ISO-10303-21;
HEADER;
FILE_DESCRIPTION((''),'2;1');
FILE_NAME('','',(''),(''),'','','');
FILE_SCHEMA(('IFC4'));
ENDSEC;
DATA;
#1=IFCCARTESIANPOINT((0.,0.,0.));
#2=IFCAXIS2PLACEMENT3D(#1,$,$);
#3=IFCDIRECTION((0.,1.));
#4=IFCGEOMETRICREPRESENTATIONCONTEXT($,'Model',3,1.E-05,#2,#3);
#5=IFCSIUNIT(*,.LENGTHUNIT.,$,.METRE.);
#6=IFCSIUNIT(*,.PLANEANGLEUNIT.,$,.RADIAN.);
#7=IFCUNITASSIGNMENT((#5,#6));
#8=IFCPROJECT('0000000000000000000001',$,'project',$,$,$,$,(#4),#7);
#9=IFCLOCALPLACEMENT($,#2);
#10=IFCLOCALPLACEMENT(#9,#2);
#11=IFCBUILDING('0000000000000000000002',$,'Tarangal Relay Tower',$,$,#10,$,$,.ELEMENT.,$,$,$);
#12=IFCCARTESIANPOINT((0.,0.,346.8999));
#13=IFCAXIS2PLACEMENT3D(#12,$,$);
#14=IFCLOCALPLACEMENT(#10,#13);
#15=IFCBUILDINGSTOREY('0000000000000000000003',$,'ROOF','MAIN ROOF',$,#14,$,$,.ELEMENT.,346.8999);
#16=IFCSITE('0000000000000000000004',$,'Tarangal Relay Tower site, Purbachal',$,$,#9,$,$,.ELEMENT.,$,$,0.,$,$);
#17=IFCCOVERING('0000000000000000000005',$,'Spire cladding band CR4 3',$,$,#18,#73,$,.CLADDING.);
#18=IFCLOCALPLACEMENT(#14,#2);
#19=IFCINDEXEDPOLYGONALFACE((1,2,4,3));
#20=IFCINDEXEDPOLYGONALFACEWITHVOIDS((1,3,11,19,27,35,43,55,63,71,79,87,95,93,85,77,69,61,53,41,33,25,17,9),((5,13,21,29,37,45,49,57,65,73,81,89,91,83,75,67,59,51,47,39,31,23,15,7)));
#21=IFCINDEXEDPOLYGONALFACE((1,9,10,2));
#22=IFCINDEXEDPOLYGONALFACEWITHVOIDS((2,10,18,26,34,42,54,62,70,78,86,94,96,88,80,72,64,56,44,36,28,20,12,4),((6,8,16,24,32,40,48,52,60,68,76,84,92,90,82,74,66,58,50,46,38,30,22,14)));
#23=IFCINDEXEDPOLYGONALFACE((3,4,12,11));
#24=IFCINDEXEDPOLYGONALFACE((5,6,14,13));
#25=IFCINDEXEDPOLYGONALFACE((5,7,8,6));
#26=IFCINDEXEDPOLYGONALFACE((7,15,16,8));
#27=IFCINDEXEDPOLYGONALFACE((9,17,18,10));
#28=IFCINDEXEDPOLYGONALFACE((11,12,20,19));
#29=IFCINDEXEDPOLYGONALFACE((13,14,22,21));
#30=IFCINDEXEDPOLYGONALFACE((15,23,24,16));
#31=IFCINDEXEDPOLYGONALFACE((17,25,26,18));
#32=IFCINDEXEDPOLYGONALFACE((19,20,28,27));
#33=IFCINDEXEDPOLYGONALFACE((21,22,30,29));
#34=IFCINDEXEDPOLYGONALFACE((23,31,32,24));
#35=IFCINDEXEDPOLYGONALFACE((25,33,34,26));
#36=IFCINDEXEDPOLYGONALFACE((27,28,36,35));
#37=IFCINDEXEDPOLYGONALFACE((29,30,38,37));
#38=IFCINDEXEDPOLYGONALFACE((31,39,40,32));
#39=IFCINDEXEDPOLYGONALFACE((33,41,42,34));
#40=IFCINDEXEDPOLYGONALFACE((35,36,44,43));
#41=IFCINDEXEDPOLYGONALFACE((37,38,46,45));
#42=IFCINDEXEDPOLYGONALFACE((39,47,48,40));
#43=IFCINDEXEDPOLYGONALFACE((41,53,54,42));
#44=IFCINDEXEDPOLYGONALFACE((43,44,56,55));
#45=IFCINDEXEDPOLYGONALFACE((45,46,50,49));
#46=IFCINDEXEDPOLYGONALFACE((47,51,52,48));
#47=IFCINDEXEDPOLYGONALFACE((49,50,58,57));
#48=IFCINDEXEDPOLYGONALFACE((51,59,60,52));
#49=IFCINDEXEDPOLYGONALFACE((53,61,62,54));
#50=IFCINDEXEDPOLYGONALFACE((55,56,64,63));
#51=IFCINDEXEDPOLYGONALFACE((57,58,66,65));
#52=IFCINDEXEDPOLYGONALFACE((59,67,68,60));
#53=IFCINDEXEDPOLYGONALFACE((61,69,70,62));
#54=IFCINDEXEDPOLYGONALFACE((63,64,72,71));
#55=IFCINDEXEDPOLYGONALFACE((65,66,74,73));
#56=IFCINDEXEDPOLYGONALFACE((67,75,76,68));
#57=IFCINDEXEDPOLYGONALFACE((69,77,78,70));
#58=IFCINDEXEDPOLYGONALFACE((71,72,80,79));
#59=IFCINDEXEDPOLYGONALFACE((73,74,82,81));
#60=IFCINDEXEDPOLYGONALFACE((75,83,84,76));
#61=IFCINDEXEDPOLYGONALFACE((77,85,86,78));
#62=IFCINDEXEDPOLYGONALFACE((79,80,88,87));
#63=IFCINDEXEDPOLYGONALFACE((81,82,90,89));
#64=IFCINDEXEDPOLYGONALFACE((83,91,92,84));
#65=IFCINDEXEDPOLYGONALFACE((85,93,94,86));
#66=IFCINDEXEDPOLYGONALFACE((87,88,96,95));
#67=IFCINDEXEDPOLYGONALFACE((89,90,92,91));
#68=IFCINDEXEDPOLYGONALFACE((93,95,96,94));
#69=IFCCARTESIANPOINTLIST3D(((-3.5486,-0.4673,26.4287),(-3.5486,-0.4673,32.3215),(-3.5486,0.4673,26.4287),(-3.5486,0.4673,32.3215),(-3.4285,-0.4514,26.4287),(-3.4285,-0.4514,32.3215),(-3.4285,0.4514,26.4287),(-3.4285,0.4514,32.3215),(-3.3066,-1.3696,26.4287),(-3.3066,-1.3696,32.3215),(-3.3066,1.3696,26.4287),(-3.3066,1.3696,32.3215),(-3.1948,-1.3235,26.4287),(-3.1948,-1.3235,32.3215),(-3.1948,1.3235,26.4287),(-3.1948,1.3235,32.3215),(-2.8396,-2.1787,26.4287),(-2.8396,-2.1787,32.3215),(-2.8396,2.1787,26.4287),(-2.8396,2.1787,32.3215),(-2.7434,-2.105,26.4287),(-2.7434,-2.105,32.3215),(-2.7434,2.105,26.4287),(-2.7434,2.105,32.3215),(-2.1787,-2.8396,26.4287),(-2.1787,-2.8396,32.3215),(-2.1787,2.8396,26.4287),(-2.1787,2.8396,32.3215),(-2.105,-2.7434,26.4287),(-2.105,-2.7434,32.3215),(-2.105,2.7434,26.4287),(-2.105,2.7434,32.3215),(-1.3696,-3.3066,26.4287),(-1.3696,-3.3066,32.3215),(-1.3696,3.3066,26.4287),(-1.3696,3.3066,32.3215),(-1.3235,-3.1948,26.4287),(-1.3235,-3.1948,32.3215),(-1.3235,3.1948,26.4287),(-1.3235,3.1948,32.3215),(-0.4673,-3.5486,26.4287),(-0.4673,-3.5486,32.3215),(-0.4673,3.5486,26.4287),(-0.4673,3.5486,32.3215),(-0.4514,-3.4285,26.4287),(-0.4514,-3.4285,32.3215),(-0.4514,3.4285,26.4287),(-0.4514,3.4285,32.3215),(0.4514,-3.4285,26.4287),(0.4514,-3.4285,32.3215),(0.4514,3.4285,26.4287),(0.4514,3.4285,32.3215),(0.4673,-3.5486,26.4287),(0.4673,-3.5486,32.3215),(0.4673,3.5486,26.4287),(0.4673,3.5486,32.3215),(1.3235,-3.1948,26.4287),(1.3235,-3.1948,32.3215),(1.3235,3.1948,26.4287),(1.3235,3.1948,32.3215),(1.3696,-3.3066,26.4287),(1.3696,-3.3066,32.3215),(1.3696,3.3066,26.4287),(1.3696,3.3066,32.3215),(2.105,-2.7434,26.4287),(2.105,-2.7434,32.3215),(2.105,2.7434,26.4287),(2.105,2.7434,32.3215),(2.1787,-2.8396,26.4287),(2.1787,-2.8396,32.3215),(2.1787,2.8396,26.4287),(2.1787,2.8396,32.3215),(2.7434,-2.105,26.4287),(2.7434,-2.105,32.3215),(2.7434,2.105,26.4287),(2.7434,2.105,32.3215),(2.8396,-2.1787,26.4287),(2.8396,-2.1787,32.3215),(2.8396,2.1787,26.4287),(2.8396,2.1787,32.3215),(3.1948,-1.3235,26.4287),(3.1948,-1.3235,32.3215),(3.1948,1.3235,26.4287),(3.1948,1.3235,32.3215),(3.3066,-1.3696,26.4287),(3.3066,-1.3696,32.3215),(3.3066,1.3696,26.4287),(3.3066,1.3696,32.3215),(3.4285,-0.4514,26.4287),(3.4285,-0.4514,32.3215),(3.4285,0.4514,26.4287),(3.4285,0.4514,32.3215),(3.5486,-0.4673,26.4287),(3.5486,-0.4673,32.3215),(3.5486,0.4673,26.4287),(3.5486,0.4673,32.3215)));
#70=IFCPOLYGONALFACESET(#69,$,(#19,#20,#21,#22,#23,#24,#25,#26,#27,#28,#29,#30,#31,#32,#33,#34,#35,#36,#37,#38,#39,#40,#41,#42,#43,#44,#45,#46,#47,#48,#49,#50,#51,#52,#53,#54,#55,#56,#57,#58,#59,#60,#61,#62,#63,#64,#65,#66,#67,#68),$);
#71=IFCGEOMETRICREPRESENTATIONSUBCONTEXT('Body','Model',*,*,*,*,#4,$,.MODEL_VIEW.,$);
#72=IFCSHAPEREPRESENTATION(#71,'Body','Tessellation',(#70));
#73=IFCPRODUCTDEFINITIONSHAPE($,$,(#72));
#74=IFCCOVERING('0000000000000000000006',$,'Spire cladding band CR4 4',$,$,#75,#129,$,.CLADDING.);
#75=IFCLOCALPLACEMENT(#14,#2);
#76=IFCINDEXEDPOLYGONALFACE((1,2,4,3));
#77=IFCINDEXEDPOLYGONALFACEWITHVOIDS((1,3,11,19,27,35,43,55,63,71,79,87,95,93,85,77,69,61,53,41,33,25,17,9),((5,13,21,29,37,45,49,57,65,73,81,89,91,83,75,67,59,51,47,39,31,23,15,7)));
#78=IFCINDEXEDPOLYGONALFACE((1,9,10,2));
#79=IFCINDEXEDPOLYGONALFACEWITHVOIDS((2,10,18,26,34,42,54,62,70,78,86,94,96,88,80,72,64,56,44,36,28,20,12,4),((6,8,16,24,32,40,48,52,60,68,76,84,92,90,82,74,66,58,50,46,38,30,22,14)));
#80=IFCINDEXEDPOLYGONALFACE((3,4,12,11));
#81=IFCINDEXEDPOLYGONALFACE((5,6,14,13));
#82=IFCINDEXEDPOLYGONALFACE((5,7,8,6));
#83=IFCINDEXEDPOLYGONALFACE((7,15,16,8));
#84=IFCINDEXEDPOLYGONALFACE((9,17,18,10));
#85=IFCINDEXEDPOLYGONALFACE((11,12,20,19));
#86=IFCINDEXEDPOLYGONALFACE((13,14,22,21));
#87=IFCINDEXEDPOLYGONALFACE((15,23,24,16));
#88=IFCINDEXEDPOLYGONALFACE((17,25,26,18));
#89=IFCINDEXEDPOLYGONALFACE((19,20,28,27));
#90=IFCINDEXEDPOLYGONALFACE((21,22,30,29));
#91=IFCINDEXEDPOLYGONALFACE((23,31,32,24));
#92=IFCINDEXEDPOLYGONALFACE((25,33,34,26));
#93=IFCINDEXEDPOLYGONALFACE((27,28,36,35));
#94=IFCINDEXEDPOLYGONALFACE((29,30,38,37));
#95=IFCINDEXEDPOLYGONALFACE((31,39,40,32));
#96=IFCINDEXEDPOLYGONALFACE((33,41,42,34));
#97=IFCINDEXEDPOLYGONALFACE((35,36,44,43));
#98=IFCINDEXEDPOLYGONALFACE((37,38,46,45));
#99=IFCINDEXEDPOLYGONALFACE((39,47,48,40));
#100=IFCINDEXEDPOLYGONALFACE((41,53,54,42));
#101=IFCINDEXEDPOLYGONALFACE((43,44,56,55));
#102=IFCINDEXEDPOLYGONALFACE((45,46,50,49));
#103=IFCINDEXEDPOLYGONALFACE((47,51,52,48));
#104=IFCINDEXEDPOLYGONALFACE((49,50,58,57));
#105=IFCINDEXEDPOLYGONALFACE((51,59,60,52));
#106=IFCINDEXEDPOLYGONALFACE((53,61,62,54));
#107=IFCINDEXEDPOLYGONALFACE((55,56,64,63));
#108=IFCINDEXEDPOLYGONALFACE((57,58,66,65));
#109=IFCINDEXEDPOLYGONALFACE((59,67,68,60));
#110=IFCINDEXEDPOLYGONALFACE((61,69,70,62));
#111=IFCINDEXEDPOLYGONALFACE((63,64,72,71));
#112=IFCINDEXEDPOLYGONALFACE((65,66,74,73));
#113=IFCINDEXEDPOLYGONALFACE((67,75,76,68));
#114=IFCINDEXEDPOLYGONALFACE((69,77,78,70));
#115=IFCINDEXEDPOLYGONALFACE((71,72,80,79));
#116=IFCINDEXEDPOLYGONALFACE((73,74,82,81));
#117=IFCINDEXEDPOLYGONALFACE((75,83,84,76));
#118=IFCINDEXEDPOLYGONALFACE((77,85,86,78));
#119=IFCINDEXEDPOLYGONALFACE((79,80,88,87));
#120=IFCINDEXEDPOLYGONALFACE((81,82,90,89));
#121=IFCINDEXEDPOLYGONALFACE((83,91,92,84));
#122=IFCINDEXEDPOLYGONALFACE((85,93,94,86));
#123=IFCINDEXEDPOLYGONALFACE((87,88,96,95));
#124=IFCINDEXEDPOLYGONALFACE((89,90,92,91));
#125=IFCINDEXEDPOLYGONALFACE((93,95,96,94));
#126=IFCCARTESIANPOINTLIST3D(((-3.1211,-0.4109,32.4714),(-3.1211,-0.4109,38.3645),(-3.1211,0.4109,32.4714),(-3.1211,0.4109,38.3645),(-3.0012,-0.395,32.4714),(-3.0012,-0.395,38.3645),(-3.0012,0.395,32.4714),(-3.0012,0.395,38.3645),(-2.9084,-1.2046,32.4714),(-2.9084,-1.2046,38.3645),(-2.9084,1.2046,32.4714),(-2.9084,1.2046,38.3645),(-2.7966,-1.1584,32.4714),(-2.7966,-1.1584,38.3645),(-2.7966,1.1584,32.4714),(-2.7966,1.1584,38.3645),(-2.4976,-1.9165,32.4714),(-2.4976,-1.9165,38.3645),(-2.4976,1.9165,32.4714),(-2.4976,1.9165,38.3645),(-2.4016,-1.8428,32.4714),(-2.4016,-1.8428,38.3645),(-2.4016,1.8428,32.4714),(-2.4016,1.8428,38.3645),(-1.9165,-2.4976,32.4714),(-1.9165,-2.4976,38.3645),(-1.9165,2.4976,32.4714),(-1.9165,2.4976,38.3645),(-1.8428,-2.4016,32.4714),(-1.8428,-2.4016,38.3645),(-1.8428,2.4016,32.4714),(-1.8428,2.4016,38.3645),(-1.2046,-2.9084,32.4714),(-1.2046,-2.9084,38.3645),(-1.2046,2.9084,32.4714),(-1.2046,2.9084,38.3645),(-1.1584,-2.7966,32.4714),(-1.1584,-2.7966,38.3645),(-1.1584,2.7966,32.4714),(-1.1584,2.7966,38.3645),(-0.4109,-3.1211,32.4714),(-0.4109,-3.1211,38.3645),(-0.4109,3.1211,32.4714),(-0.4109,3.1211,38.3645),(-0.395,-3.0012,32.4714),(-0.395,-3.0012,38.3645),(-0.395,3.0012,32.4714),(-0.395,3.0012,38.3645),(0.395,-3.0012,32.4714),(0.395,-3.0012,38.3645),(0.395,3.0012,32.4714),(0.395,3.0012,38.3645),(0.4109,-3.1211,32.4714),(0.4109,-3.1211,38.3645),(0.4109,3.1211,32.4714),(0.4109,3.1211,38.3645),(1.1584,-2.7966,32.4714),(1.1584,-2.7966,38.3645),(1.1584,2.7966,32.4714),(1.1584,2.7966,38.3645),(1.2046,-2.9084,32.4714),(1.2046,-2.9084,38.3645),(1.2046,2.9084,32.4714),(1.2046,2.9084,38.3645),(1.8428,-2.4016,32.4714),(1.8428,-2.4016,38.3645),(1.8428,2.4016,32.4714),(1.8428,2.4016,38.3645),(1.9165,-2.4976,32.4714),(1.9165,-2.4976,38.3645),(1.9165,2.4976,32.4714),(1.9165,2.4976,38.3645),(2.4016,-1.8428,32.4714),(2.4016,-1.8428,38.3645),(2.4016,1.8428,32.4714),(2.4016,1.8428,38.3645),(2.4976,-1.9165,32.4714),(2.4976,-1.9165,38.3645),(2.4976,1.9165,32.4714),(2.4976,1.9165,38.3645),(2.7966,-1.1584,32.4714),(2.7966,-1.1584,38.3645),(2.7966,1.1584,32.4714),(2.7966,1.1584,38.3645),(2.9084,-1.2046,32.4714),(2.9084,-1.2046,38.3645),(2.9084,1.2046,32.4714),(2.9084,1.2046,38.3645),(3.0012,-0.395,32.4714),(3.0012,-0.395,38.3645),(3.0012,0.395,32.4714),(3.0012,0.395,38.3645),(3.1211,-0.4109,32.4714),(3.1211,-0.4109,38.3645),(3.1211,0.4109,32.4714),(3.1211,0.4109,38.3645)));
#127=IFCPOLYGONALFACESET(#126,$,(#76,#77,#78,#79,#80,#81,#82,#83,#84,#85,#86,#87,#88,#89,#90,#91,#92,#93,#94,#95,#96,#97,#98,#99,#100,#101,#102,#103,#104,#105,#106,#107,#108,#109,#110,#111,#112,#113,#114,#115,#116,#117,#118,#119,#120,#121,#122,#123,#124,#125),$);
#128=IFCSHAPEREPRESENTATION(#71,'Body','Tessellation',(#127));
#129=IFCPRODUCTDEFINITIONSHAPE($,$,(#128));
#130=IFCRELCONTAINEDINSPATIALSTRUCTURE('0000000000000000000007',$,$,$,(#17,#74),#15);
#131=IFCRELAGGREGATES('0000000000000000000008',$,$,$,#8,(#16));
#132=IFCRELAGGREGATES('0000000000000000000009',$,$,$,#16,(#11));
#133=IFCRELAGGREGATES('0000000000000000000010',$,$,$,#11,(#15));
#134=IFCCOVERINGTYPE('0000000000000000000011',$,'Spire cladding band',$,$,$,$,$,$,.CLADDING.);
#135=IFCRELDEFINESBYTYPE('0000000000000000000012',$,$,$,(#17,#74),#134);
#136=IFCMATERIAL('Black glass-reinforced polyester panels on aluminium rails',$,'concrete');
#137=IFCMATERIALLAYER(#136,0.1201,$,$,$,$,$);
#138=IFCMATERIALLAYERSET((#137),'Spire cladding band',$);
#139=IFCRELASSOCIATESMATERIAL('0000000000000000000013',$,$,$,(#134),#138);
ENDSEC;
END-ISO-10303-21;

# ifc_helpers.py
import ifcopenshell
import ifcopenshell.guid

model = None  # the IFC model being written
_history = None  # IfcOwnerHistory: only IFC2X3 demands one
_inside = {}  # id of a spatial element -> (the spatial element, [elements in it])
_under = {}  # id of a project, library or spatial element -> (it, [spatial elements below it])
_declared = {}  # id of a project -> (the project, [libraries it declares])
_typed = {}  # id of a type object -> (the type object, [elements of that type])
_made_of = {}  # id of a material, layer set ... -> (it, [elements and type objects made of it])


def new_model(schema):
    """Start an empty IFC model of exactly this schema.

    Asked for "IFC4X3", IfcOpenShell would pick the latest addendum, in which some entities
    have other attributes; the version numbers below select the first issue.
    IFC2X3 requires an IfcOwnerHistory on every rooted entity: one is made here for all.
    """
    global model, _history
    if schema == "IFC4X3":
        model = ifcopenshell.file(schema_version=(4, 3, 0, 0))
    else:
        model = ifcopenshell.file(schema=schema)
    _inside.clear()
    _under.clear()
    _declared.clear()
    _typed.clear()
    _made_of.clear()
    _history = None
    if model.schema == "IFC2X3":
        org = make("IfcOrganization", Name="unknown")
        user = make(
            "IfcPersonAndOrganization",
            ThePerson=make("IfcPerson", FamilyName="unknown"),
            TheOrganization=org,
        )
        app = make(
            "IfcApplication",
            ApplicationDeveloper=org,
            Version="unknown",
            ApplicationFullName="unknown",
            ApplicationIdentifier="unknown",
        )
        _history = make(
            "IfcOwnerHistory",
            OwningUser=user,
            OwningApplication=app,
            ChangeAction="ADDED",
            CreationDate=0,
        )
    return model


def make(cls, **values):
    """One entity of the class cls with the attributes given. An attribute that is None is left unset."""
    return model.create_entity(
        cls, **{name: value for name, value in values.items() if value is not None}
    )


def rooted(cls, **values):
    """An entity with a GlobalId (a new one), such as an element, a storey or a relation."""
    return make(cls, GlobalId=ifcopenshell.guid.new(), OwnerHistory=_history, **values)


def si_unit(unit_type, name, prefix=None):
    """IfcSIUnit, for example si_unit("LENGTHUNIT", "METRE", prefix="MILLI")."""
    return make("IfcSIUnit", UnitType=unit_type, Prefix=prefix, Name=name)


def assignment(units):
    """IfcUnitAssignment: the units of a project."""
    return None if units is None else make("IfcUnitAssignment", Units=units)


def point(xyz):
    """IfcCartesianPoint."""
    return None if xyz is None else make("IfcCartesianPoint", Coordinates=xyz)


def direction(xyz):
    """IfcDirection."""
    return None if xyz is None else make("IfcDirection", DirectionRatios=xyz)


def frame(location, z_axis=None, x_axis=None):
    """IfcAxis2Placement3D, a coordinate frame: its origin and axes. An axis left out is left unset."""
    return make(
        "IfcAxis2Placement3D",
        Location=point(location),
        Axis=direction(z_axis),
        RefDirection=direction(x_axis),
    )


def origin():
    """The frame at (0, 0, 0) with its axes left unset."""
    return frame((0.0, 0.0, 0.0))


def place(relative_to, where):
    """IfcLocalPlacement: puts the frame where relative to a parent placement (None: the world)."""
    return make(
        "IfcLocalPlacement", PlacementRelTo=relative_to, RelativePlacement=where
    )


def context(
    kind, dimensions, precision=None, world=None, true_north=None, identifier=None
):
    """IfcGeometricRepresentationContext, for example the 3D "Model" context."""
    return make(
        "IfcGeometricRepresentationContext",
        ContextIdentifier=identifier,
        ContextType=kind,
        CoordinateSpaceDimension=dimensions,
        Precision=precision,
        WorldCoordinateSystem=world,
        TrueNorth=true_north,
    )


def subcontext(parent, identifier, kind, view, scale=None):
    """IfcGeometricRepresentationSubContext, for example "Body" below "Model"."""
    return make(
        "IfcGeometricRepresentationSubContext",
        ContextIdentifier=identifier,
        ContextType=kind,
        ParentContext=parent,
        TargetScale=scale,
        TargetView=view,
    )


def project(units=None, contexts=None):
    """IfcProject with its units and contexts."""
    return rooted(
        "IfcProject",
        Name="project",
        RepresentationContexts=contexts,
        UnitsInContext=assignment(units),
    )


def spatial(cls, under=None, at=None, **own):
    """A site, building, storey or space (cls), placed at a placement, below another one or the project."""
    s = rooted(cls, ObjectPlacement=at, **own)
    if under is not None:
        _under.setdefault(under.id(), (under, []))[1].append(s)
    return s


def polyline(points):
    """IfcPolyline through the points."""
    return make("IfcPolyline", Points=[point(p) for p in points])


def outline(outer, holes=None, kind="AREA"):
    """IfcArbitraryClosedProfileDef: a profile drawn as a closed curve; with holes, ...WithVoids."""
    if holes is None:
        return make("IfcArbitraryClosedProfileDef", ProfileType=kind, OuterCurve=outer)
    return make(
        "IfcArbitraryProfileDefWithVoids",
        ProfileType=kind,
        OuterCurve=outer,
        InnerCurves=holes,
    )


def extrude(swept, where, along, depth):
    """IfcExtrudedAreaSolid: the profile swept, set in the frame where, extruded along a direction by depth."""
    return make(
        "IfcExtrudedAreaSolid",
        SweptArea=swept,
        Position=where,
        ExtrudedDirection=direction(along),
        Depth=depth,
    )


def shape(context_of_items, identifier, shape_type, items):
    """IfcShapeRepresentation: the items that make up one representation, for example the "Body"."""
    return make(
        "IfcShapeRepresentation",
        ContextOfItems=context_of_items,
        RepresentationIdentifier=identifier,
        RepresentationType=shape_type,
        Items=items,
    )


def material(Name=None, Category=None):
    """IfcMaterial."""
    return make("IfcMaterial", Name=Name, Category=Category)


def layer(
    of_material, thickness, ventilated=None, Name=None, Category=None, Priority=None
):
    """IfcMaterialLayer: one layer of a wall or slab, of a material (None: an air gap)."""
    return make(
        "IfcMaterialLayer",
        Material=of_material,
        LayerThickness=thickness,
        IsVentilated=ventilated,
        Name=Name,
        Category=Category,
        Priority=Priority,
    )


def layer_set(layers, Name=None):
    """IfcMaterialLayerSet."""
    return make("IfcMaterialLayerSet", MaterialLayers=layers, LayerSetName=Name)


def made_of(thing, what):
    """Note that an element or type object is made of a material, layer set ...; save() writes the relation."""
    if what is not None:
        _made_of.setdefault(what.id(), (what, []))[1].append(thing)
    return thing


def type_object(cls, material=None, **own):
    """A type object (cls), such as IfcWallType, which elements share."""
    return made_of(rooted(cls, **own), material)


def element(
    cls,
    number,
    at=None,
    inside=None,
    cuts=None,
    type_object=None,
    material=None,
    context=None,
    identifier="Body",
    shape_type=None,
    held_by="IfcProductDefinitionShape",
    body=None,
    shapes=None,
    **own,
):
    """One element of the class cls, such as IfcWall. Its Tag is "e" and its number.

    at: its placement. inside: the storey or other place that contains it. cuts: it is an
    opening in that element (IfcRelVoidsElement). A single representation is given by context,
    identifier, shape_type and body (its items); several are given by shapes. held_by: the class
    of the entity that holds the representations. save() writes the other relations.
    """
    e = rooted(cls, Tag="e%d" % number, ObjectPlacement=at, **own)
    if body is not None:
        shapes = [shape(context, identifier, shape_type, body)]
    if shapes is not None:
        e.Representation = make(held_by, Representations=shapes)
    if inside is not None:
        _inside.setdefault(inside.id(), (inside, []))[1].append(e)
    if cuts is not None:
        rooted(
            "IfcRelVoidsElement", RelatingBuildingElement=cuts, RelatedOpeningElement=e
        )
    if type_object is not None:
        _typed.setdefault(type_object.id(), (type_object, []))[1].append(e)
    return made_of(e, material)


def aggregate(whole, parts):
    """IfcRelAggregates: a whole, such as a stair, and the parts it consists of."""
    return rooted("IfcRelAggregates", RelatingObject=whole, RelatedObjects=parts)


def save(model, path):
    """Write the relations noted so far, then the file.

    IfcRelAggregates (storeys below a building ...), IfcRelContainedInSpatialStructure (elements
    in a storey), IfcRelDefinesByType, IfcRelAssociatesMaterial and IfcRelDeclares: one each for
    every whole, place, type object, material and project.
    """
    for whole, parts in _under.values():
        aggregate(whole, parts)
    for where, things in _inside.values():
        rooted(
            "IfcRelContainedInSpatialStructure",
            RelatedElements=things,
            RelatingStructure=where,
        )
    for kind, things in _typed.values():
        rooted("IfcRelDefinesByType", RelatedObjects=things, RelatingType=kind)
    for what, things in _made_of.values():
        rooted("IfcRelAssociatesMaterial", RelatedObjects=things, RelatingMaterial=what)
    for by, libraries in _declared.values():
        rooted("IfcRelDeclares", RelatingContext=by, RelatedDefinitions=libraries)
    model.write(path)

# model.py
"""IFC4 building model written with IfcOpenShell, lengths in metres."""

from ifc_helpers import new_model, si_unit, direction, frame, origin, place, context, subcontext, project, spatial, polyline, outline, extrude, material, layer, layer_set, type_object, element, save


model = new_model("IFC4")

# Units and contexts
model_context = context("Model", 3, precision=1e-05, world=origin(), true_north=direction((0.0, 1.0)))
body_context = subcontext(model_context, "Body", "Model", "MODEL_VIEW")
ifc_project = project(units=[si_unit("LENGTHUNIT", "METRE"), si_unit("PLANEANGLEUNIT", "RADIAN")], contexts=[model_context])

# Site, building, storey
site_placement = place(None, origin())
site = spatial("IfcSite", under=ifc_project, at=site_placement, Name="Tarangal Relay Tower site, Purbachal", CompositionType="ELEMENT", RefElevation=0.0)
building_placement = place(site_placement, origin())
building = spatial("IfcBuilding", under=site, at=building_placement, Name="Tarangal Relay Tower", CompositionType="ELEMENT")
storey_placement = place(building_placement, frame((0.0, 0.0, 346.8999)))
storey = spatial("IfcBuildingStorey", under=building, at=storey_placement, Name="ROOF", Description="MAIN ROOF", CompositionType="ELEMENT", Elevation=346.8999)

# Coverings
ifc_material_1 = material(Name="Black glass-reinforced polyester panels on aluminium rails", Category="concrete")
ifc_layer_1 = layer(ifc_material_1, 0.1201)
ifc_layer_set_1 = layer_set([ifc_layer_1], Name="Spire cladding band")
covering_type_1 = type_object("IfcCoveringType", Name="Spire cladding band", PredefinedType="CLADDING", material=ifc_layer_set_1)
covering_1_placement = place(storey_placement, frame((0.0, 0.0, 26.4287)))
element("IfcCovering", 1, at=covering_1_placement, inside=storey, type_object=covering_type_1, Name="Spire cladding band CR4 3", PredefinedType="CLADDING", context=body_context, shape_type="SweptSolid", body=[
    extrude(outline(polyline([(3.5486, 0.4673), (3.3066, 1.3696), (2.8396, 2.1787), (2.1787, 2.8396), (1.3696, 3.3066), (0.4673, 3.5486), (-0.4673, 3.5486), (-1.3696, 3.3066), (-2.1787, 2.8396), (-2.8396, 2.1787), (-3.3066, 1.3696), (-3.5486, 0.4673), (-3.5486, -0.4673), (-3.3066, -1.3696), (-2.8396, -2.1787), (-2.1787, -2.8396), (-1.3696, -3.3066), (-0.4673, -3.5486), (0.4673, -3.5486), (1.3696, -3.3066), (2.1787, -2.8396), (2.8396, -2.1787), (3.3066, -1.3696), (3.5486, -0.4673), (3.5486, 0.4673)]), holes=[polyline([(3.4285, 0.4514), (3.1948, 1.3235), (2.7434, 2.105), (2.105, 2.7434), (1.3235, 3.1948), (0.4514, 3.4285), (-0.4514, 3.4285), (-1.3235, 3.1948), (-2.105, 2.7434), (-2.7434, 2.105), (-3.1948, 1.3235), (-3.4285, 0.4514), (-3.4285, -0.4514), (-3.1948, -1.3235), (-2.7434, -2.105), (-2.105, -2.7434), (-1.3235, -3.1948), (-0.4514, -3.4285), (0.4514, -3.4285), (1.3235, -3.1948), (2.105, -2.7434), (2.7434, -2.105), (3.1948, -1.3235), (3.4285, -0.4514), (3.4285, 0.4514)])]), origin(), (0.0, 0.0, 1.0), 5.8928),
])
covering_2_placement = place(storey_placement, frame((0.0, 0.0, 32.4714)))
element("IfcCovering", 2, at=covering_2_placement, inside=storey, type_object=covering_type_1, Name="Spire cladding band CR4 4", PredefinedType="CLADDING", context=body_context, shape_type="SweptSolid", body=[
    extrude(outline(polyline([(3.1211, 0.4109), (2.9084, 1.2046), (2.4976, 1.9165), (1.9165, 2.4976), (1.2046, 2.9084), (0.4109, 3.1211), (-0.4109, 3.1211), (-1.2046, 2.9084), (-1.9165, 2.4976), (-2.4976, 1.9165), (-2.9084, 1.2046), (-3.1211, 0.4109), (-3.1211, -0.4109), (-2.9084, -1.2046), (-2.4976, -1.9165), (-1.9165, -2.4976), (-1.2046, -2.9084), (-0.4109, -3.1211), (0.4109, -3.1211), (1.2046, -2.9084), (1.9165, -2.4976), (2.4976, -1.9165), (2.9084, -1.2046), (3.1211, -0.4109), (3.1211, 0.4109)]), holes=[polyline([(3.0012, 0.395), (2.7966, 1.1584), (2.4016, 1.8428), (1.8428, 2.4016), (1.1584, 2.7966), (0.395, 3.0012), (-0.395, 3.0012), (-1.1584, 2.7966), (-1.8428, 2.4016), (-2.4016, 1.8428), (-2.7966, 1.1584), (-3.0012, 0.395), (-3.0012, -0.395), (-2.7966, -1.1584), (-2.4016, -1.8428), (-1.8428, -2.4016), (-1.1584, -2.7966), (-0.395, -3.0012), (0.395, -3.0012), (1.1584, -2.7966), (1.8428, -2.4016), (2.4016, -1.8428), (2.7966, -1.1584), (3.0012, -0.395), (3.0012, 0.395)])]), origin(), (0.0, 0.0, 1.0), 5.8931),
])

save(model, "model.ifc")
